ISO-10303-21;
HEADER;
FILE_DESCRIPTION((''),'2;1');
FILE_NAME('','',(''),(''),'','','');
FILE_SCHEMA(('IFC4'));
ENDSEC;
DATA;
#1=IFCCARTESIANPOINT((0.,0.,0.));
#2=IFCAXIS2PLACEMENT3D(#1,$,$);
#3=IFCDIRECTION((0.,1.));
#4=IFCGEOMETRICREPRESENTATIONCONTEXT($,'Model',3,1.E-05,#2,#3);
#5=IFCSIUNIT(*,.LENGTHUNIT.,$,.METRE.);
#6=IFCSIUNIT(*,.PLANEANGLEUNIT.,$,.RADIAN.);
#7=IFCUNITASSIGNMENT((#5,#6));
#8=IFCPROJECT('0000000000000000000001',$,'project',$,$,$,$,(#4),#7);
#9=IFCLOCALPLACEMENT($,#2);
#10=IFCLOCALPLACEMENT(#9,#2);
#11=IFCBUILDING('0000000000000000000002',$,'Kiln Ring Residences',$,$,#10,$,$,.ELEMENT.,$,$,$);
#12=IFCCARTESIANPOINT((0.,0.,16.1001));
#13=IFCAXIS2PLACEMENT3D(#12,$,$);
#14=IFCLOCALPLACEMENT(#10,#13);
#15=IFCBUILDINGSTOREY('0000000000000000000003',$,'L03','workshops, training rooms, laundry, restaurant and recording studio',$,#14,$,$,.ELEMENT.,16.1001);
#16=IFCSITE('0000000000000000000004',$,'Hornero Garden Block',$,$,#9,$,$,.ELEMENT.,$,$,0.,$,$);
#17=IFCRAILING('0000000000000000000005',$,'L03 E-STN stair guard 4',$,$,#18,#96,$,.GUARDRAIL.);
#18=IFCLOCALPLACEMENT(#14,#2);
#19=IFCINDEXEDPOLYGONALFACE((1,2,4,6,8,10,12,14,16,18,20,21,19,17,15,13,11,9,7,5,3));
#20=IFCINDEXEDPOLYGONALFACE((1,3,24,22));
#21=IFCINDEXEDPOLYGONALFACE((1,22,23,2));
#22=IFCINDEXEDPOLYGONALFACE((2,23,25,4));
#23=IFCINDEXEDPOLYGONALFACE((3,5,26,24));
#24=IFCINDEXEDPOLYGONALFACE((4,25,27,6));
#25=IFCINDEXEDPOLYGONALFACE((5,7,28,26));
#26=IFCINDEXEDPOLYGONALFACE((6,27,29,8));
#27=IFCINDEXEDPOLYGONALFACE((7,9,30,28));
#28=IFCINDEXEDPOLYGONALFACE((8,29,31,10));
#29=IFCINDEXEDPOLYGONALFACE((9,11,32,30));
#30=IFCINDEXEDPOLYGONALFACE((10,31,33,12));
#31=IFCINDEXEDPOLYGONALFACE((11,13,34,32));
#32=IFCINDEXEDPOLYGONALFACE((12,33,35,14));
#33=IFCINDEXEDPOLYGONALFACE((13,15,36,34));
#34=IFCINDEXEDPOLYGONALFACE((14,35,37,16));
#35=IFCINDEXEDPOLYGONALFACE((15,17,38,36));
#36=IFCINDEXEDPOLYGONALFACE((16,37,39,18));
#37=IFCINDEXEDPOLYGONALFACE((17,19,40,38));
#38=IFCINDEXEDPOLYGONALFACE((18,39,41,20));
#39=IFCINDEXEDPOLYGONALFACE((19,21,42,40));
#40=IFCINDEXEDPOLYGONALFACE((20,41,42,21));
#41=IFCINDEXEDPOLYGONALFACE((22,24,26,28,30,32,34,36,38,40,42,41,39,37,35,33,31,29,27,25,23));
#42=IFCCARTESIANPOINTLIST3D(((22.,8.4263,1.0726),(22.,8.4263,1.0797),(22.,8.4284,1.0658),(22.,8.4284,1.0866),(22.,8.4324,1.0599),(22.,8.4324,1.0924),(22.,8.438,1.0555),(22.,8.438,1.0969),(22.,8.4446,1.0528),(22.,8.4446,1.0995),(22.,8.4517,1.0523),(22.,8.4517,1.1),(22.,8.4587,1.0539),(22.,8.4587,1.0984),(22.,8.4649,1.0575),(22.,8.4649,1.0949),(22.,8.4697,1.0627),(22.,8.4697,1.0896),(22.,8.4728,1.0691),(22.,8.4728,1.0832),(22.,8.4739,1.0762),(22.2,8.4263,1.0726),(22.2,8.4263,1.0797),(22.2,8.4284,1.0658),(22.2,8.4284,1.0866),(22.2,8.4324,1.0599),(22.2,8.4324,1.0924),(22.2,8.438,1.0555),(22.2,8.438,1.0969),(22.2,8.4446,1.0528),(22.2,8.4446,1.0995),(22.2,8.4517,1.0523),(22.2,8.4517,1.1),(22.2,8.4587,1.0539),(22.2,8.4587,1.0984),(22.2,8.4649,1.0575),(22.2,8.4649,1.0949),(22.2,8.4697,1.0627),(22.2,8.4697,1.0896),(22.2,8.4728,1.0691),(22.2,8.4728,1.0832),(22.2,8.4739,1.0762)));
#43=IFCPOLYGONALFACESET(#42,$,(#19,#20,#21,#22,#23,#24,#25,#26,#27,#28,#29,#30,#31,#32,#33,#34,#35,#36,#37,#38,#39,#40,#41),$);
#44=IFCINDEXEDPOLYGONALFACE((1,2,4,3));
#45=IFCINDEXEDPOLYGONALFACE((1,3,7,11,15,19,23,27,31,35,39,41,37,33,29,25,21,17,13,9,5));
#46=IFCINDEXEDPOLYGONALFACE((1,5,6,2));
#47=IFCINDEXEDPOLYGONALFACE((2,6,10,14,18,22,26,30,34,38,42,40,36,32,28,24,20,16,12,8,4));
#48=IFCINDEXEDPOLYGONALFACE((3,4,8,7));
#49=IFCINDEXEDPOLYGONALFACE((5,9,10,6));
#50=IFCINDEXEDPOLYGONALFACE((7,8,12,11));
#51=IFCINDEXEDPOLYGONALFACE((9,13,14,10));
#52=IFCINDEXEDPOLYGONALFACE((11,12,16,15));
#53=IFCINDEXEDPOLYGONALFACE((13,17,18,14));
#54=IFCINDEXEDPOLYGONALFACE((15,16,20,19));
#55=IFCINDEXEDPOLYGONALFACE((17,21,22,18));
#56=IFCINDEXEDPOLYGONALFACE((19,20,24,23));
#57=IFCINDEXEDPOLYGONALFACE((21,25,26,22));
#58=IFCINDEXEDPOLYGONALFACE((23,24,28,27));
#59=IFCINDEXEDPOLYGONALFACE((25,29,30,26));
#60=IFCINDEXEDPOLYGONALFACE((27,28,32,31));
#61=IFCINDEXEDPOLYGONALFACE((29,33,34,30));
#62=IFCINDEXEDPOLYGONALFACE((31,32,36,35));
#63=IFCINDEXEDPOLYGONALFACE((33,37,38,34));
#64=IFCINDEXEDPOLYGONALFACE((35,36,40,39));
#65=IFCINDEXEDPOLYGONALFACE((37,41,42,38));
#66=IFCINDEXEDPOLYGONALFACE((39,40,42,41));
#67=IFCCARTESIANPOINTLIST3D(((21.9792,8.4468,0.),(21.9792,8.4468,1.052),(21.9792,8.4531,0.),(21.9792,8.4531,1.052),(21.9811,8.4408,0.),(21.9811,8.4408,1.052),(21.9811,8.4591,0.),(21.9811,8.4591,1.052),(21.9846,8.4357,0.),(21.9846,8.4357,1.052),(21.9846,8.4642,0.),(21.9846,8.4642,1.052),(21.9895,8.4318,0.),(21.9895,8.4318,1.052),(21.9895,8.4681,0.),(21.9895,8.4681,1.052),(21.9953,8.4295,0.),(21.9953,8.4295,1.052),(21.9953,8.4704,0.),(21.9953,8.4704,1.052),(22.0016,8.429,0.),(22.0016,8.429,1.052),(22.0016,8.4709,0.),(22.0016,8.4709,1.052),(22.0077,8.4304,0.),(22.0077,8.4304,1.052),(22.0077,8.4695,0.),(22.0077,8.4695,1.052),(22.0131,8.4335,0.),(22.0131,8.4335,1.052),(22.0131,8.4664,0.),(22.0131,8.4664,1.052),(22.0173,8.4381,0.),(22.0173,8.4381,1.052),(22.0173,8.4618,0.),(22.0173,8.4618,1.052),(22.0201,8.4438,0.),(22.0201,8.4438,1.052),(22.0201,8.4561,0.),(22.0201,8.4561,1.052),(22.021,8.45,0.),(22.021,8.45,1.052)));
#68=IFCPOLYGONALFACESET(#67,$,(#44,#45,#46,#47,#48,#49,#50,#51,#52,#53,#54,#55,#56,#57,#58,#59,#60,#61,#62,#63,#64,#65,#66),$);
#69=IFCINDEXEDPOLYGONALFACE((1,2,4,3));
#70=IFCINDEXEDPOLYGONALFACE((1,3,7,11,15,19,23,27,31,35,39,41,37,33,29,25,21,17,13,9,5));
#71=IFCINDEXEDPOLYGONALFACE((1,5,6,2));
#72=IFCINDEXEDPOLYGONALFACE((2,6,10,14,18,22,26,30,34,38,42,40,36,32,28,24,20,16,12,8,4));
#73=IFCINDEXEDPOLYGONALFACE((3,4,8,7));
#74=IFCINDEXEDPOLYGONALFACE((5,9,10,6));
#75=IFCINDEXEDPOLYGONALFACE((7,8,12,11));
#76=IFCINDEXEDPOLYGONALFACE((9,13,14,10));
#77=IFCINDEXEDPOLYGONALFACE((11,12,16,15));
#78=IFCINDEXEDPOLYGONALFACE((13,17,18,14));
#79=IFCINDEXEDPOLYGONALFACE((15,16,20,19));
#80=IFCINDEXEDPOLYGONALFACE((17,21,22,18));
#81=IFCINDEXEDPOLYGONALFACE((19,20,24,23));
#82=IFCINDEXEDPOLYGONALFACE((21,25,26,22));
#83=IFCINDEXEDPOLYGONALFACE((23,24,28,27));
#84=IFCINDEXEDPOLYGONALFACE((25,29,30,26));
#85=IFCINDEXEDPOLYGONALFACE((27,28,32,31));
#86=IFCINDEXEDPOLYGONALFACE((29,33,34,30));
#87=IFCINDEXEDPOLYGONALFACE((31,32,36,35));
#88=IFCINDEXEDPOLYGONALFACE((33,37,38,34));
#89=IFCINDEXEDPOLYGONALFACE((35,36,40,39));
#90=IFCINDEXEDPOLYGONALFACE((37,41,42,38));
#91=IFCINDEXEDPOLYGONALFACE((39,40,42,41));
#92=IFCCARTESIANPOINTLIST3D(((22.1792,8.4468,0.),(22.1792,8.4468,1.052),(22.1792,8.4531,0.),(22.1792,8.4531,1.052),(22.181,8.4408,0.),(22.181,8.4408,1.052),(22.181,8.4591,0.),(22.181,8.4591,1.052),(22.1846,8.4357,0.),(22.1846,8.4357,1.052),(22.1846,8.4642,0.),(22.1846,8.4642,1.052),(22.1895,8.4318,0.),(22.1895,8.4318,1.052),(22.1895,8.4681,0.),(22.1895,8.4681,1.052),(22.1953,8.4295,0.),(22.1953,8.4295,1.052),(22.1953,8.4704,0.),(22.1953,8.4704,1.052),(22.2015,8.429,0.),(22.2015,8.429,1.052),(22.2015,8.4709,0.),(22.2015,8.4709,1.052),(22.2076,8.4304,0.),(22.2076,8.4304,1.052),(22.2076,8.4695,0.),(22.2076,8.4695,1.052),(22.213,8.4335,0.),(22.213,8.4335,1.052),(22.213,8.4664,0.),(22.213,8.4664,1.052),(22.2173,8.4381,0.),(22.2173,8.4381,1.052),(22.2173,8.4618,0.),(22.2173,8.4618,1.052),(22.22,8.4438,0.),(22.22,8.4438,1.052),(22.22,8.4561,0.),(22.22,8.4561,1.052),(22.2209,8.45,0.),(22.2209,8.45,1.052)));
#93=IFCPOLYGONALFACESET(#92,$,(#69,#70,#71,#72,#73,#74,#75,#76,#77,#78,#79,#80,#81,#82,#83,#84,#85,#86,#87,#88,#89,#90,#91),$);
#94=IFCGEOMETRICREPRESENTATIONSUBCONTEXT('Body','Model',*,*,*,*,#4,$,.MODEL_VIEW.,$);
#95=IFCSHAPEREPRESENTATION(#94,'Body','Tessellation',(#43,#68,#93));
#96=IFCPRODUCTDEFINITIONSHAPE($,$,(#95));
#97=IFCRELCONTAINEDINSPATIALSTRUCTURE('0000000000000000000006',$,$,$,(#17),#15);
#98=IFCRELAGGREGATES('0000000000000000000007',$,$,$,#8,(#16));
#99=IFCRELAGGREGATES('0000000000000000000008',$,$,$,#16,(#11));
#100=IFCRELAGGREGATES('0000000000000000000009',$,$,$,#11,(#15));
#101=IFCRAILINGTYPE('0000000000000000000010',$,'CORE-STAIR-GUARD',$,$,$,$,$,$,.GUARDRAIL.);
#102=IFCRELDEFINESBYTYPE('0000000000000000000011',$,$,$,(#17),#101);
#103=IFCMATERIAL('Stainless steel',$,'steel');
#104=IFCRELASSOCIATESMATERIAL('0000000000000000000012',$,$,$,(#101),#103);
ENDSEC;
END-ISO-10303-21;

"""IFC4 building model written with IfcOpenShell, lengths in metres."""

from ifc_helpers import new_model, si_unit, direction, frame, origin, origin_2d, place, context, subcontext, project, spatial, circle, extrude, material, type_object, element, save


model = new_model("IFC4")

# Units and contexts
model_context = context("Model", 3, precision=1e-05, world=origin(), true_north=direction((0.0, 1.0)))
body_context = subcontext(model_context, "Body", "Model", "MODEL_VIEW")
ifc_project = project(units=[si_unit("LENGTHUNIT", "METRE"), si_unit("PLANEANGLEUNIT", "RADIAN")], contexts=[model_context])

# Site, building, storey
site_placement = place(None, origin())
site = spatial("IfcSite", under=ifc_project, at=site_placement, Name="Hornero Garden Block", CompositionType="ELEMENT", RefElevation=0.0)
building_placement = place(site_placement, origin())
building = spatial("IfcBuilding", under=site, at=building_placement, Name="Kiln Ring Residences", CompositionType="ELEMENT")
storey_placement = place(building_placement, frame((0.0, 0.0, 16.1001)))
storey = spatial("IfcBuildingStorey", under=building, at=storey_placement, Name="L03", Description="workshops, training rooms, laundry, restaurant and recording studio", CompositionType="ELEMENT", Elevation=16.1001)

# Railing
ifc_material_1 = material(Name="Stainless steel", Category="steel")
railing_type = type_object("IfcRailingType", Name="CORE-STAIR-GUARD", PredefinedType="GUARDRAIL", material=ifc_material_1)
railing_1_placement = place(storey_placement, frame((22.0, 8.45, 0.0)))
element("IfcRailing", 1, at=railing_1_placement, inside=storey, type_object=railing_type, Name="L03 E-STN stair guard 4", PredefinedType="GUARDRAIL", context=body_context, shape_type="SweptSolid", body=[
    extrude(circle(Radius=0.0239, at=origin_2d()), frame((0.0, 0.0, 1.0762), z_axis=(1.0, 0.0, 0.0), x_axis=(0.0, 1.0, 0.0)), (0.0, 0.0, 1.0), 0.2),
    extrude(circle(Radius=0.021, at=origin_2d()), origin(), (0.0, 0.0, 1.0), 1.052),
    extrude(circle(Radius=0.021, at=origin_2d()), frame((0.2, 0.0, 0.0)), (0.0, 0.0, 1.0), 1.052),
])

save(model, "model.ifc")
